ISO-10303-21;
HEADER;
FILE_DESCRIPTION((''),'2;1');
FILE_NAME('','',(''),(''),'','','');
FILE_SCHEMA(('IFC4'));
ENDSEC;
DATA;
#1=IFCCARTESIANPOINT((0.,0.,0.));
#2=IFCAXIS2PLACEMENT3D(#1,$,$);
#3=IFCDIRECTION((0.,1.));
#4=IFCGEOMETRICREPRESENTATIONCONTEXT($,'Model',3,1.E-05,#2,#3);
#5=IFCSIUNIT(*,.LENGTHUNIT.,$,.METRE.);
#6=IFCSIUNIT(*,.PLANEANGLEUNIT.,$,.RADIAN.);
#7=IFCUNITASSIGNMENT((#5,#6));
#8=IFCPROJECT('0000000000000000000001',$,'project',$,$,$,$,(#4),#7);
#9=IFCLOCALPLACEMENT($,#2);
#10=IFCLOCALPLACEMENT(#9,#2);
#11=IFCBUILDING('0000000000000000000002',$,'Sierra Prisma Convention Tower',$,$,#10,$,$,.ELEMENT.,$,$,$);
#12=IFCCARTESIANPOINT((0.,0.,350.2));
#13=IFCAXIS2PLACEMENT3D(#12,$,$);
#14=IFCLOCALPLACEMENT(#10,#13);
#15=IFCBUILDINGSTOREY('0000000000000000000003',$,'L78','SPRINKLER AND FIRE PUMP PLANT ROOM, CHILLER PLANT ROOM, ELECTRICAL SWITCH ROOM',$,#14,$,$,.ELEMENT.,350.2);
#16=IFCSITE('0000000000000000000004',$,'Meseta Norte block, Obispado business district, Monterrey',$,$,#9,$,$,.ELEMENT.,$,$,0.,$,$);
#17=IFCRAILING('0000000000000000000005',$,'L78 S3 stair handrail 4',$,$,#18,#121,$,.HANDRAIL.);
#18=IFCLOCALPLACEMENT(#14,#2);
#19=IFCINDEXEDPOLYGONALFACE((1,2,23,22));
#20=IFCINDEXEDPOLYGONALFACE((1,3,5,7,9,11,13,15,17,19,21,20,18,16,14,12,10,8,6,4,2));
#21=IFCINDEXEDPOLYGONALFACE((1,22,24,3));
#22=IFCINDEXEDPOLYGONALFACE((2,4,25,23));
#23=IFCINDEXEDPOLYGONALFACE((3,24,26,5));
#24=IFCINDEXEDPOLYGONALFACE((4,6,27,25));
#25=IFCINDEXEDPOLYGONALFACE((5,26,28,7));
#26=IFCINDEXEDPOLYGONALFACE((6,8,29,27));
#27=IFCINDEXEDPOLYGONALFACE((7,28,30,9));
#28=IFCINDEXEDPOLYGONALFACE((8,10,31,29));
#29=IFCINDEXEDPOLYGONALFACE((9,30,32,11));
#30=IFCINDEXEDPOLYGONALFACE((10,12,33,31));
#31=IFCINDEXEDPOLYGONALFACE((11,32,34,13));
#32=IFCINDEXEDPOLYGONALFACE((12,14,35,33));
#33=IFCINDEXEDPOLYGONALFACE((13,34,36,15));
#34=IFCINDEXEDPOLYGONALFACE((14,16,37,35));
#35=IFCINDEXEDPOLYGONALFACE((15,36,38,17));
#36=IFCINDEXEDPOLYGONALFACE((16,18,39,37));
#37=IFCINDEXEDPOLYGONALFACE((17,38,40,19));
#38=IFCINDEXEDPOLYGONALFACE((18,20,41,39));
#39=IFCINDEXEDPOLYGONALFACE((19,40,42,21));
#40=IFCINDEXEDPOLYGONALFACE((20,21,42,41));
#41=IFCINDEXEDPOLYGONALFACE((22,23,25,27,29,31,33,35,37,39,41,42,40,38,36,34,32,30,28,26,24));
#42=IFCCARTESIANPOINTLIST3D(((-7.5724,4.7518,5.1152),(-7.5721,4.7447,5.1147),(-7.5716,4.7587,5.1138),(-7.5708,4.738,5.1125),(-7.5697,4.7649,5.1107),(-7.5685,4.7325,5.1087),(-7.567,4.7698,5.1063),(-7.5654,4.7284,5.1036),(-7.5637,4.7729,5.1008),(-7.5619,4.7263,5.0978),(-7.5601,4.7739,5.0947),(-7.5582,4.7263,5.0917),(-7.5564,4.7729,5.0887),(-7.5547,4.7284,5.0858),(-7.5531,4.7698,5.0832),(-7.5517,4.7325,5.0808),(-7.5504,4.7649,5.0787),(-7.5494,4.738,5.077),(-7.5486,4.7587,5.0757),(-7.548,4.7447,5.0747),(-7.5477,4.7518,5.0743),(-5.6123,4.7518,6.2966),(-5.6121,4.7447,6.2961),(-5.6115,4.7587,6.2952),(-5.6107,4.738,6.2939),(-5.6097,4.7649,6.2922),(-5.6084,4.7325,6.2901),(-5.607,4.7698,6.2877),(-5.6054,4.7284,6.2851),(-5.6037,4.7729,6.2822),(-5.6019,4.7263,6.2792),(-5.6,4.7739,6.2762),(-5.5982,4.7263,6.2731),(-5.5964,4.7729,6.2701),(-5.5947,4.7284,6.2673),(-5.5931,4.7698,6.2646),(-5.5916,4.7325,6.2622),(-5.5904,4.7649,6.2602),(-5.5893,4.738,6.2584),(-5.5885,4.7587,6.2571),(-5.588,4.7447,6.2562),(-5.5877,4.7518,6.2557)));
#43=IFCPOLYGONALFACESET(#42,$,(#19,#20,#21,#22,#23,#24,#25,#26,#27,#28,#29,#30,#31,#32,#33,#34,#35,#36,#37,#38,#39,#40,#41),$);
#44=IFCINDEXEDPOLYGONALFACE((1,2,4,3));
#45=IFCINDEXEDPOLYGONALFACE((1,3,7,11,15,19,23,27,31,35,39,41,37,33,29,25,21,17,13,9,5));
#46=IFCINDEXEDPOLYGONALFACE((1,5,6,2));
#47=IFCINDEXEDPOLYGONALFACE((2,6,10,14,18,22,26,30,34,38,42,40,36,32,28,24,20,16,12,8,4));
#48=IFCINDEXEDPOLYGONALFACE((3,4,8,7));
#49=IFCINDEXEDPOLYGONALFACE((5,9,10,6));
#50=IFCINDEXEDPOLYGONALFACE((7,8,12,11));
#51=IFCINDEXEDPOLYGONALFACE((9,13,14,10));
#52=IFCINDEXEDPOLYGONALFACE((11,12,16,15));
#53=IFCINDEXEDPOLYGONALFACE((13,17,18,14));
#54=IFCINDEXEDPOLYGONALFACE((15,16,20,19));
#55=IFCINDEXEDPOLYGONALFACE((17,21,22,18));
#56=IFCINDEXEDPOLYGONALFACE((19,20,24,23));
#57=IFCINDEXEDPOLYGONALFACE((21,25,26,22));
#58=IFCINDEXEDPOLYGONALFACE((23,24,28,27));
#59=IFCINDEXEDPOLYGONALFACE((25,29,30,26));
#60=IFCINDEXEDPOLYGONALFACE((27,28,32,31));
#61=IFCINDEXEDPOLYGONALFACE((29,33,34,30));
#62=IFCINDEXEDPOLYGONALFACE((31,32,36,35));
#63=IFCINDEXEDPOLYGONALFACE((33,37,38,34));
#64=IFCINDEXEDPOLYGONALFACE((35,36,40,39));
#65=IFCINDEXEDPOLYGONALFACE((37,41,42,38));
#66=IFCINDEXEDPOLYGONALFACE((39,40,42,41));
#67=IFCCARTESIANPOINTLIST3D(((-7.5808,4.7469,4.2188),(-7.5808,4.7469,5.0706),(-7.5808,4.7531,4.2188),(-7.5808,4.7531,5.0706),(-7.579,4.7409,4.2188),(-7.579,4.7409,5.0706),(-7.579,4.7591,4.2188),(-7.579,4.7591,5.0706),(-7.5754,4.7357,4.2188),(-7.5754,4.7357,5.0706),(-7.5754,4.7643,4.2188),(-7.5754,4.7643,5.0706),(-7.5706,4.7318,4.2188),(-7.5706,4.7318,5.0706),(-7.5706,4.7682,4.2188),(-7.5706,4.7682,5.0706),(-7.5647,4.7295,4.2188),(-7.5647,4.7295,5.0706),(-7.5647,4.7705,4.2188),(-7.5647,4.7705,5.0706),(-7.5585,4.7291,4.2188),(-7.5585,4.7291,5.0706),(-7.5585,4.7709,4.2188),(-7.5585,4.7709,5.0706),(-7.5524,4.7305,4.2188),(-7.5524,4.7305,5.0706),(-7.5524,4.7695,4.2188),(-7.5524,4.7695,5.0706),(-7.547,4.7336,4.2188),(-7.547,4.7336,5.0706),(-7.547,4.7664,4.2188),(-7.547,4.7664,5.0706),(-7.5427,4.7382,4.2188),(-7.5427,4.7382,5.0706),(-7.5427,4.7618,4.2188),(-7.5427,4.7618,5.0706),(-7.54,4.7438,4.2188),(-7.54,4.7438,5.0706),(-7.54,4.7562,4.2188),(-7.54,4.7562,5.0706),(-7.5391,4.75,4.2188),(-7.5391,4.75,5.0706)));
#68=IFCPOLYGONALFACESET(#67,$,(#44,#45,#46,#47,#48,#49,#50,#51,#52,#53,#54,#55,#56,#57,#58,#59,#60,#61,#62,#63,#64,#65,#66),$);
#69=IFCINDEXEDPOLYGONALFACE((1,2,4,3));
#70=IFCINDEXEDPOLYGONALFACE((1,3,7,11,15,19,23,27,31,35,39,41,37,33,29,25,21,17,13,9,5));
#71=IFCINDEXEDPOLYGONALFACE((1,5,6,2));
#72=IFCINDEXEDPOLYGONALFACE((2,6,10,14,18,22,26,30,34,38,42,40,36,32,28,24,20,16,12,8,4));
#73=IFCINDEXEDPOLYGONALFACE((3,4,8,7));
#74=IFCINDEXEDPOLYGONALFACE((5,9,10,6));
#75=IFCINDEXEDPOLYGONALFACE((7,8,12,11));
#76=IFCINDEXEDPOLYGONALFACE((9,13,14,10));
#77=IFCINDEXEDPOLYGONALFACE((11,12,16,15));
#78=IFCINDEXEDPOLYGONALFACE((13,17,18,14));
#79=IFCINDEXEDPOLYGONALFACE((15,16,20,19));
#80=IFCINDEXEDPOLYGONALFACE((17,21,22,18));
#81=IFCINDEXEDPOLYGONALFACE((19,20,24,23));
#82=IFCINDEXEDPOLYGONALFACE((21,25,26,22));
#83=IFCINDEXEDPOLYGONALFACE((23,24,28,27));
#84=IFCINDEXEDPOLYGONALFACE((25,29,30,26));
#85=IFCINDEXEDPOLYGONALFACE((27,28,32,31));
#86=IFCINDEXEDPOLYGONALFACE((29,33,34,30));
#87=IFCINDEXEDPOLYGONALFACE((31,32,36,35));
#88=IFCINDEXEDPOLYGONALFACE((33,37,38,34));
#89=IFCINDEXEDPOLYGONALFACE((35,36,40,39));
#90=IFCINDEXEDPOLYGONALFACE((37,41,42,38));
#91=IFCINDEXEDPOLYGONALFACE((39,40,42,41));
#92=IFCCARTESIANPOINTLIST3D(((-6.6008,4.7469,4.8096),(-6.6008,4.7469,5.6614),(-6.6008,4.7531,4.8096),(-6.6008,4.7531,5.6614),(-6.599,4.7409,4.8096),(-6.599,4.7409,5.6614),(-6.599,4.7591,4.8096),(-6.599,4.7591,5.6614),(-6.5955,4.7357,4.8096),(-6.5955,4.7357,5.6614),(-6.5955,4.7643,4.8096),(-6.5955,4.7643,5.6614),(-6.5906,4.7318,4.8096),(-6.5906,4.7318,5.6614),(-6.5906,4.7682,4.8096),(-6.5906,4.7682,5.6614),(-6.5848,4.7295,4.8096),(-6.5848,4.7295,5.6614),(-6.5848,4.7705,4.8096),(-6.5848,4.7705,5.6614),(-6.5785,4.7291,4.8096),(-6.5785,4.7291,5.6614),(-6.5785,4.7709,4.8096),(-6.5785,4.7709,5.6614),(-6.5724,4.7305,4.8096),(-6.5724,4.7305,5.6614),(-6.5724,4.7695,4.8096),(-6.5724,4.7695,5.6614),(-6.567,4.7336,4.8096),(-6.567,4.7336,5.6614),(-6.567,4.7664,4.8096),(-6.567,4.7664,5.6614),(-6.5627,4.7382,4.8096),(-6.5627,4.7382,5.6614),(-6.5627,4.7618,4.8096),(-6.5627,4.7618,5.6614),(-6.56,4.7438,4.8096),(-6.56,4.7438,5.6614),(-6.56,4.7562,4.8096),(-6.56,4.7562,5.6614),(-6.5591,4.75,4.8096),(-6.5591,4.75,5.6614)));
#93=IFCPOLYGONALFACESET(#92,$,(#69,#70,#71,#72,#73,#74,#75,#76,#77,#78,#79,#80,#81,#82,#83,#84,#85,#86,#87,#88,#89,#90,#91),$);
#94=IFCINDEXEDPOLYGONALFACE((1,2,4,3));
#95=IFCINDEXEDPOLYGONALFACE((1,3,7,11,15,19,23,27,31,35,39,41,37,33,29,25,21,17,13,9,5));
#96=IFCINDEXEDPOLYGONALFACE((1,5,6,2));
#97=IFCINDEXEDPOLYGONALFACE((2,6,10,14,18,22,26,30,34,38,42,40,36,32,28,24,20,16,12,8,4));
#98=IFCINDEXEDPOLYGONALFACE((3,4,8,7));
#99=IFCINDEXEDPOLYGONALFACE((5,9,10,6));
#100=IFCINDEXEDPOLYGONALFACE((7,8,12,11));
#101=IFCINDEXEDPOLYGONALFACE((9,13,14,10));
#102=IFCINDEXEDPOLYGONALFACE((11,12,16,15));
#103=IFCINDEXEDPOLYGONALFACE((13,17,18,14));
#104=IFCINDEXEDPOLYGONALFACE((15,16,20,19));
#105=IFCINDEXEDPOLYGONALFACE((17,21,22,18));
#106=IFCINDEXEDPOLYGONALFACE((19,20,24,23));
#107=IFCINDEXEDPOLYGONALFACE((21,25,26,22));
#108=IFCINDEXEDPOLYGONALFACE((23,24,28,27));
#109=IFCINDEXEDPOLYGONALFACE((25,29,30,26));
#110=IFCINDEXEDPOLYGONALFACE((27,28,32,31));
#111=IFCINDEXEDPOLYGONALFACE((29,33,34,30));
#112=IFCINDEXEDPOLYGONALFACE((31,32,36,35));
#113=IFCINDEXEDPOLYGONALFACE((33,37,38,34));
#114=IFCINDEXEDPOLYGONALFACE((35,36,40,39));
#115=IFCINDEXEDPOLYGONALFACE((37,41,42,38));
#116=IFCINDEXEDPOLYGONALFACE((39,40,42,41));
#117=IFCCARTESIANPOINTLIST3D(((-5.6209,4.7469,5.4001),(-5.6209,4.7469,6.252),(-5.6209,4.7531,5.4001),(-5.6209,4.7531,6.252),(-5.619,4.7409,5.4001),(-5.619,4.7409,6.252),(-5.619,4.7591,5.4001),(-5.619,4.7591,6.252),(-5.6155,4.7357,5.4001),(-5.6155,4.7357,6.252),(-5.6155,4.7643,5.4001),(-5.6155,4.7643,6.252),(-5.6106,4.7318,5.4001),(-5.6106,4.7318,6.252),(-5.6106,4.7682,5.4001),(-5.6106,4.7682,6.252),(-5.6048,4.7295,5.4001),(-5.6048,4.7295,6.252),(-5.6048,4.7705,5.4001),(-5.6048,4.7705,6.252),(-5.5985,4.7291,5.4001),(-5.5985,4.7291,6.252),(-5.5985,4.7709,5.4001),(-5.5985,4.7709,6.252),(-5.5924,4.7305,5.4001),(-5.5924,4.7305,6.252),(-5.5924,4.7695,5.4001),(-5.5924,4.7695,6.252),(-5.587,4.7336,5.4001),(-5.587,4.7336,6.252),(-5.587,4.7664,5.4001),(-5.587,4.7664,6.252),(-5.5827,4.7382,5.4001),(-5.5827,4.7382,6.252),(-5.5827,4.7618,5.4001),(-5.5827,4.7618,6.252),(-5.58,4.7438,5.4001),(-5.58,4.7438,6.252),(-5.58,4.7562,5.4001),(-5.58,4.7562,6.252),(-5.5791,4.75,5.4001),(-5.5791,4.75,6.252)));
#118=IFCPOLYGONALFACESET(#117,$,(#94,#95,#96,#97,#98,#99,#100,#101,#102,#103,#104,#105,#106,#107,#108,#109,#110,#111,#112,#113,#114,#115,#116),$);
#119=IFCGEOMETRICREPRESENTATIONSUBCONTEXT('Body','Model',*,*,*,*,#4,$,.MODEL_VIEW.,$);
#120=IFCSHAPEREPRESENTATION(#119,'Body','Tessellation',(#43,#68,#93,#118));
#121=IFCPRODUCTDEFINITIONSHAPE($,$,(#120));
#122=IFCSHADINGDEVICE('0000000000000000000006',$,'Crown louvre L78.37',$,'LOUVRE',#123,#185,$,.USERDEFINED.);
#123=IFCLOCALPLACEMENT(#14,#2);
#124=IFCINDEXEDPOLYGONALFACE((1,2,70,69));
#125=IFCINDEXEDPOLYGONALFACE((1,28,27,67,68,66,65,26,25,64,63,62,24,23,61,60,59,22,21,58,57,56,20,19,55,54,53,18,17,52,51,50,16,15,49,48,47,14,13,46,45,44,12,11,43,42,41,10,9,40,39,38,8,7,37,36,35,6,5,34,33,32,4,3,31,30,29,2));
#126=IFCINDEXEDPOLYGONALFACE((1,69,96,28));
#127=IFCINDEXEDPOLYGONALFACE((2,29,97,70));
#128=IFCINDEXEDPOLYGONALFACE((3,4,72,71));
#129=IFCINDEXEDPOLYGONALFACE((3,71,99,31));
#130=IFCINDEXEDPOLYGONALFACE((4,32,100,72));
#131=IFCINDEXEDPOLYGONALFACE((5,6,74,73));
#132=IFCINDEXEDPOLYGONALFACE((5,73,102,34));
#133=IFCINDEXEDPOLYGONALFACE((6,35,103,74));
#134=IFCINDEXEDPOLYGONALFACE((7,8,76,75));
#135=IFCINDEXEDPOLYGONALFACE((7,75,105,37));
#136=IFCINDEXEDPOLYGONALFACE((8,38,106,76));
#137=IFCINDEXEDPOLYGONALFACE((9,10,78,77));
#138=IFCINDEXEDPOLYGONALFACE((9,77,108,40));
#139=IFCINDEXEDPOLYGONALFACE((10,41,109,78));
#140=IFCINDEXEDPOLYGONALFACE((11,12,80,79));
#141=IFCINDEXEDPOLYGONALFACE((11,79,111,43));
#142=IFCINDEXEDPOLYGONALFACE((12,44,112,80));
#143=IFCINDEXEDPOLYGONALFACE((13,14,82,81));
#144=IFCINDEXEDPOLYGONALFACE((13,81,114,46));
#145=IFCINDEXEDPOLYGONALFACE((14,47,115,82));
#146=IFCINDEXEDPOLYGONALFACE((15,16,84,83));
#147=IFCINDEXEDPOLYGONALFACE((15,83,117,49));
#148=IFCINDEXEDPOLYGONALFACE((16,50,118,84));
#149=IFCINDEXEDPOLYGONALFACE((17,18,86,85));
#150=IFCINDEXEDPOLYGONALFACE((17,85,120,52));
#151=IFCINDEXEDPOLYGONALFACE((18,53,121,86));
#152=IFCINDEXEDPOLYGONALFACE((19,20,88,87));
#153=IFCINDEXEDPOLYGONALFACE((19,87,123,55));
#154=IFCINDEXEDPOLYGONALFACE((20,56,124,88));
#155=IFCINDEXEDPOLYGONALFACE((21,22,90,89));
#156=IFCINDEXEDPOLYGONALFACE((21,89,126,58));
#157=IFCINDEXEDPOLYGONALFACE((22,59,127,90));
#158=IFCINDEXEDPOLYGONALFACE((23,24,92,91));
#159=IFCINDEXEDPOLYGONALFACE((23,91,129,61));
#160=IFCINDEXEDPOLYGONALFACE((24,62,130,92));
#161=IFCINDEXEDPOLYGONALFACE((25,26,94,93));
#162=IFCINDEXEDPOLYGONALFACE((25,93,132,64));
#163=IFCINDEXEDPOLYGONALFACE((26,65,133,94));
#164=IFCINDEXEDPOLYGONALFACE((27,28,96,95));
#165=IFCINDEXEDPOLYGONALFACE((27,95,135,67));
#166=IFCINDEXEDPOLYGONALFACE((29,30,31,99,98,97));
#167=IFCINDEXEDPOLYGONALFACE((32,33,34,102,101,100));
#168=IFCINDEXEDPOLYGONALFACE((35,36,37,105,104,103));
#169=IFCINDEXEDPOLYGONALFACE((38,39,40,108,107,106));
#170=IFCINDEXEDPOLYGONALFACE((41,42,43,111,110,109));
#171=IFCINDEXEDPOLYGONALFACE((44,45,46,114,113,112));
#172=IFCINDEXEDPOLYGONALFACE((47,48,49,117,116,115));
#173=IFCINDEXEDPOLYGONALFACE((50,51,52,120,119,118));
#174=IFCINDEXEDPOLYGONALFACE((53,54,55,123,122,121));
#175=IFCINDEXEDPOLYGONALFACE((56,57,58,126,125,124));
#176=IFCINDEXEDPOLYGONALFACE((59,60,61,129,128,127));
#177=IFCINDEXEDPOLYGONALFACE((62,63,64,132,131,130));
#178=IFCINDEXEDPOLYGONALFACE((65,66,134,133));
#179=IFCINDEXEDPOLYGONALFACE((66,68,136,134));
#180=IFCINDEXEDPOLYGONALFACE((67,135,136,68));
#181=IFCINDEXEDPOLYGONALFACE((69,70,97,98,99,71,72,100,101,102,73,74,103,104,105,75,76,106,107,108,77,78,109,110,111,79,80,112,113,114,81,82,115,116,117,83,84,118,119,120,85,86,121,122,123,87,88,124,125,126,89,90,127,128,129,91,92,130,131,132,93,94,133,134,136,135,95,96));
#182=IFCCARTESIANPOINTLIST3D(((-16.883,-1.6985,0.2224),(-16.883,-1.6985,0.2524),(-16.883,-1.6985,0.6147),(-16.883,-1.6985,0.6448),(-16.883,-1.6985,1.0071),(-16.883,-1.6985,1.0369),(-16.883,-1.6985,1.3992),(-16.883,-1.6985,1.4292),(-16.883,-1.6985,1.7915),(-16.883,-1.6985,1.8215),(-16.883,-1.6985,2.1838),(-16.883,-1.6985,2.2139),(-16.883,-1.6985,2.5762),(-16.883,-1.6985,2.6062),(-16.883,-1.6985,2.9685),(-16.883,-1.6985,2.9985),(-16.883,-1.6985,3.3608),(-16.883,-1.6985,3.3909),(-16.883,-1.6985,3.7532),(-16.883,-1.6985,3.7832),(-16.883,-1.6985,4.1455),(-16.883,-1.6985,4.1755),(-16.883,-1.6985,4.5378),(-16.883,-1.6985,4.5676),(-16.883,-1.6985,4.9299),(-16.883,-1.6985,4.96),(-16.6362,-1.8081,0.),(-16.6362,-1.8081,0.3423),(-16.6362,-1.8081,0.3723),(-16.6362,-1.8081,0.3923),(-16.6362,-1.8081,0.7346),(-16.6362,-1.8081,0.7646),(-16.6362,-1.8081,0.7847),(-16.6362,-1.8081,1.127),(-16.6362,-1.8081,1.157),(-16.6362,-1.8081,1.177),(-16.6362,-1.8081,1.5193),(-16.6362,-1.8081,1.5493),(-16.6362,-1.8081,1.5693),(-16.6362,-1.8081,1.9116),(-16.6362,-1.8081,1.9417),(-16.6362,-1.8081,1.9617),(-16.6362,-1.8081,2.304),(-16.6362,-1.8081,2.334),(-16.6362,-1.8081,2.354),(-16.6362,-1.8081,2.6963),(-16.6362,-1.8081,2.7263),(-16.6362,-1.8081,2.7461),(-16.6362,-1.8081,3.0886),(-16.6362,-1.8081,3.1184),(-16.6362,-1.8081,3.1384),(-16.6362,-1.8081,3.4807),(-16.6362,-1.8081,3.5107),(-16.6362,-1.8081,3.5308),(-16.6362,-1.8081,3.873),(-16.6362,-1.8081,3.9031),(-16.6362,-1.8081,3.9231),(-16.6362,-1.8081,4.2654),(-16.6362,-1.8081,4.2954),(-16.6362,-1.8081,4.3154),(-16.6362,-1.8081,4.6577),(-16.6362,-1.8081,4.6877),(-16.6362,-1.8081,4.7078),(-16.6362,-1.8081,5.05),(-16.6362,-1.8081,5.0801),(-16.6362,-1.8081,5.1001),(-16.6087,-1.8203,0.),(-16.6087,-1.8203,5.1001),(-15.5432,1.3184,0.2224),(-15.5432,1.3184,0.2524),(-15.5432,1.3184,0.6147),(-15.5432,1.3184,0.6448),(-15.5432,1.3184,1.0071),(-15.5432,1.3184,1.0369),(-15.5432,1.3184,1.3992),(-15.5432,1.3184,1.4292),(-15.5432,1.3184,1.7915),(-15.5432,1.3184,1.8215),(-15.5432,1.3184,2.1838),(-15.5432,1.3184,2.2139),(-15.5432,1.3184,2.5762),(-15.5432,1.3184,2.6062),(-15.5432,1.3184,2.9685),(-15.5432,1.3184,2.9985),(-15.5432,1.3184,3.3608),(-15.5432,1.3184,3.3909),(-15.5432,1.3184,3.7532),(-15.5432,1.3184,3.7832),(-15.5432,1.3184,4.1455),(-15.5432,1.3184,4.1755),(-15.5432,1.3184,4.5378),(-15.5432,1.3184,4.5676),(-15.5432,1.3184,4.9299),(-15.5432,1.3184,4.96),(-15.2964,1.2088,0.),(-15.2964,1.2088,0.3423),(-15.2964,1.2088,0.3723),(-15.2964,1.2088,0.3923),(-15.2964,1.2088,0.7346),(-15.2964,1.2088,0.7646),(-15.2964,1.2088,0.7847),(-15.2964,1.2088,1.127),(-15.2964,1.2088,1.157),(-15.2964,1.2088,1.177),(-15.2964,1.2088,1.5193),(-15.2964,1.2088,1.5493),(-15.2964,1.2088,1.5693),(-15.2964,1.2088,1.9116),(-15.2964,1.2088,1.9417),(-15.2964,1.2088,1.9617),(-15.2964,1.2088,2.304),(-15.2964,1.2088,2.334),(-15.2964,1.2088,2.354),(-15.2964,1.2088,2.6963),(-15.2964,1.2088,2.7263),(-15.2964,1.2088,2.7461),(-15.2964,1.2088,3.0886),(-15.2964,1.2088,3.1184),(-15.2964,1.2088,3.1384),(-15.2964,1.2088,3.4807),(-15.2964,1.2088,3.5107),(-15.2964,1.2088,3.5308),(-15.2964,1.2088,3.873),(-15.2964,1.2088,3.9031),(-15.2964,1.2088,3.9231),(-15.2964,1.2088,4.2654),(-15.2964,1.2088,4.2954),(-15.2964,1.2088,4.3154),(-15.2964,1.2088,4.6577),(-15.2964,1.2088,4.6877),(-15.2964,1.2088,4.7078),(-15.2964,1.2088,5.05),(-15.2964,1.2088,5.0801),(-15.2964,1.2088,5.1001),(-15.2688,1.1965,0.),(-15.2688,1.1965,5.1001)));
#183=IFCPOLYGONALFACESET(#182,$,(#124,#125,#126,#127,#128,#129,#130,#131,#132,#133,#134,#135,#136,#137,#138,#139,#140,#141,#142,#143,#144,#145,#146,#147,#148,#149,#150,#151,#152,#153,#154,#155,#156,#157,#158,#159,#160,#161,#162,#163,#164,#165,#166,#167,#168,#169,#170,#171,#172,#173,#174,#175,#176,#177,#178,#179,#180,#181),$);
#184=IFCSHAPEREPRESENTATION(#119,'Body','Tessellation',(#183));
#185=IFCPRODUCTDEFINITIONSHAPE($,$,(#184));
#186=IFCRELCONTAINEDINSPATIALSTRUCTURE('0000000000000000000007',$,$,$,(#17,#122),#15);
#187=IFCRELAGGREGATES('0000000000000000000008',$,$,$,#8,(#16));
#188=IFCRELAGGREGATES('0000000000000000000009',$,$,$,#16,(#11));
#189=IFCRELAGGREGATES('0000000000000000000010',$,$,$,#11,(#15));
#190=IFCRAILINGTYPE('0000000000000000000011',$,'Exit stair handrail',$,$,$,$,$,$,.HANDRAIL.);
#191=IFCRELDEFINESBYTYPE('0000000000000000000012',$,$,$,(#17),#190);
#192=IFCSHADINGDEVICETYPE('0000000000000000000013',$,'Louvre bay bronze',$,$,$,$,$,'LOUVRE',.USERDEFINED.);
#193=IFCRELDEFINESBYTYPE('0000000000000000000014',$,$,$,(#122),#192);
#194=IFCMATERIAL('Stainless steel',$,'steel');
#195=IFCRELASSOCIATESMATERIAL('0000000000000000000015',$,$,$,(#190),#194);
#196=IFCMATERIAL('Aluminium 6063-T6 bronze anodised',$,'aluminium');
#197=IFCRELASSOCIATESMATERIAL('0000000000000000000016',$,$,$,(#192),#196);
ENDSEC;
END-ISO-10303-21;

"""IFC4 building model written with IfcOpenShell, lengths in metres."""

from ifc_helpers import new_model, si_unit, direction, frame, origin, origin_2d, place, context, subcontext, project, spatial, polyline, circle, outline, extrude, material, type_object, element, save


model = new_model("IFC4")

# Units and contexts
model_context = context("Model", 3, precision=1e-05, world=origin(), true_north=direction((0.0, 1.0)))
body_context = subcontext(model_context, "Body", "Model", "MODEL_VIEW")
ifc_project = project(units=[si_unit("LENGTHUNIT", "METRE"), si_unit("PLANEANGLEUNIT", "RADIAN")], contexts=[model_context])

# Site, building, storey
site_placement = place(None, origin())
site = spatial("IfcSite", under=ifc_project, at=site_placement, Name="Meseta Norte block, Obispado business district, Monterrey", CompositionType="ELEMENT", RefElevation=0.0)
building_placement = place(site_placement, origin())
building = spatial("IfcBuilding", under=site, at=building_placement, Name="Sierra Prisma Convention Tower", CompositionType="ELEMENT")
storey_placement = place(building_placement, frame((0.0, 0.0, 350.2)))
storey = spatial("IfcBuildingStorey", under=building, at=storey_placement, Name="L78", Description="SPRINKLER AND FIRE PUMP PLANT ROOM, CHILLER PLANT ROOM, ELECTRICAL SWITCH ROOM", CompositionType="ELEMENT", Elevation=350.2)

# Railing
ifc_material_1 = material(Name="Stainless steel", Category="steel")
railing_type = type_object("IfcRailingType", Name="Exit stair handrail", PredefinedType="HANDRAIL", material=ifc_material_1)
railing_1_placement = place(storey_placement, frame((-7.5601, 4.75, 4.2188)))
element("IfcRailing", 1, at=railing_1_placement, inside=storey, type_object=railing_type, Name="L78 S3 stair handrail 4", PredefinedType="HANDRAIL", context=body_context, shape_type="SweptSolid", body=[
    extrude(circle(Radius=0.0239, at=origin_2d()), frame((0.0, 0.0, 0.876), z_axis=(0.856446, 0.0, 0.516236), x_axis=(0.0, 1.0, 0.0)), (0.0, 0.0, 1.0), 2.2886),
    extrude(circle(Radius=0.021, at=origin_2d()), origin(), (0.0, 0.0, 1.0), 0.8518),
    extrude(circle(Radius=0.021, at=origin_2d()), frame((0.98, 0.0, 0.5908)), (0.0, 0.0, 1.0), 0.8518),
    extrude(circle(Radius=0.021, at=origin_2d()), frame((1.96, 0.0, 1.1814)), (0.0, 0.0, 1.0), 0.8518),
])

# Shading device
ifc_material_2 = material(Name="Aluminium 6063-T6 bronze anodised", Category="aluminium")
shading_device_type = type_object("IfcShadingDeviceType", Name="Louvre bay bronze", ElementType="LOUVRE", PredefinedType="USERDEFINED", material=ifc_material_2)
shading_device_placement = place(storey_placement, frame((-15.2688, 1.1965, 0.0), z_axis=(0.405895, 0.91392, 0.0), x_axis=(0.0, 0.0, 1.0)))
element("IfcShadingDevice", 2, at=shading_device_placement, inside=storey, type_object=shading_device_type, Name="Crown louvre L78.37", ObjectType="LOUVRE", PredefinedType="USERDEFINED", context=body_context, shape_type="SweptSolid", body=[
    extrude(outline(polyline([(0.0, 0.0), (5.1001, 0.0), (5.1001, -0.0302), (5.0801, -0.0302), (4.96, -0.3002), (4.9299, -0.3002), (5.05, -0.0302), (4.7078, -0.0302), (4.6877, -0.0302), (4.5676, -0.3002), (4.5378, -0.3002), (4.6577, -0.0302), (4.3154, -0.0302), (4.2954, -0.0302), (4.1755, -0.3002), (4.1455, -0.3002), (4.2654, -0.0302), (3.9231, -0.0302), (3.9031, -0.0302), (3.7832, -0.3002), (3.7532, -0.3002), (3.873, -0.0302), (3.5308, -0.0302), (3.5107, -0.0302), (3.3909, -0.3002), (3.3608, -0.3002), (3.4807, -0.0302), (3.1384, -0.0302), (3.1184, -0.0302), (2.9985, -0.3002), (2.9685, -0.3002), (3.0886, -0.0302), (2.7461, -0.0302), (2.7263, -0.0302), (2.6062, -0.3002), (2.5762, -0.3002), (2.6963, -0.0302), (2.354, -0.0302), (2.334, -0.0302), (2.2139, -0.3002), (2.1838, -0.3002), (2.304, -0.0302), (1.9617, -0.0302), (1.9417, -0.0302), (1.8215, -0.3002), (1.7915, -0.3002), (1.9116, -0.0302), (1.5693, -0.0302), (1.5493, -0.0302), (1.4292, -0.3002), (1.3992, -0.3002), (1.5193, -0.0302), (1.177, -0.0302), (1.157, -0.0302), (1.0369, -0.3002), (1.0071, -0.3002), (1.127, -0.0302), (0.7847, -0.0302), (0.7646, -0.0302), (0.6448, -0.3002), (0.6147, -0.3002), (0.7346, -0.0302), (0.3923, -0.0302), (0.3723, -0.0302), (0.2524, -0.3002), (0.2224, -0.3002), (0.3423, -0.0302), (0.0, -0.0302), (0.0, 0.0)])), origin(), (0.0, 0.0, -1.0), 3.301),
])

save(model, "model.ifc")
